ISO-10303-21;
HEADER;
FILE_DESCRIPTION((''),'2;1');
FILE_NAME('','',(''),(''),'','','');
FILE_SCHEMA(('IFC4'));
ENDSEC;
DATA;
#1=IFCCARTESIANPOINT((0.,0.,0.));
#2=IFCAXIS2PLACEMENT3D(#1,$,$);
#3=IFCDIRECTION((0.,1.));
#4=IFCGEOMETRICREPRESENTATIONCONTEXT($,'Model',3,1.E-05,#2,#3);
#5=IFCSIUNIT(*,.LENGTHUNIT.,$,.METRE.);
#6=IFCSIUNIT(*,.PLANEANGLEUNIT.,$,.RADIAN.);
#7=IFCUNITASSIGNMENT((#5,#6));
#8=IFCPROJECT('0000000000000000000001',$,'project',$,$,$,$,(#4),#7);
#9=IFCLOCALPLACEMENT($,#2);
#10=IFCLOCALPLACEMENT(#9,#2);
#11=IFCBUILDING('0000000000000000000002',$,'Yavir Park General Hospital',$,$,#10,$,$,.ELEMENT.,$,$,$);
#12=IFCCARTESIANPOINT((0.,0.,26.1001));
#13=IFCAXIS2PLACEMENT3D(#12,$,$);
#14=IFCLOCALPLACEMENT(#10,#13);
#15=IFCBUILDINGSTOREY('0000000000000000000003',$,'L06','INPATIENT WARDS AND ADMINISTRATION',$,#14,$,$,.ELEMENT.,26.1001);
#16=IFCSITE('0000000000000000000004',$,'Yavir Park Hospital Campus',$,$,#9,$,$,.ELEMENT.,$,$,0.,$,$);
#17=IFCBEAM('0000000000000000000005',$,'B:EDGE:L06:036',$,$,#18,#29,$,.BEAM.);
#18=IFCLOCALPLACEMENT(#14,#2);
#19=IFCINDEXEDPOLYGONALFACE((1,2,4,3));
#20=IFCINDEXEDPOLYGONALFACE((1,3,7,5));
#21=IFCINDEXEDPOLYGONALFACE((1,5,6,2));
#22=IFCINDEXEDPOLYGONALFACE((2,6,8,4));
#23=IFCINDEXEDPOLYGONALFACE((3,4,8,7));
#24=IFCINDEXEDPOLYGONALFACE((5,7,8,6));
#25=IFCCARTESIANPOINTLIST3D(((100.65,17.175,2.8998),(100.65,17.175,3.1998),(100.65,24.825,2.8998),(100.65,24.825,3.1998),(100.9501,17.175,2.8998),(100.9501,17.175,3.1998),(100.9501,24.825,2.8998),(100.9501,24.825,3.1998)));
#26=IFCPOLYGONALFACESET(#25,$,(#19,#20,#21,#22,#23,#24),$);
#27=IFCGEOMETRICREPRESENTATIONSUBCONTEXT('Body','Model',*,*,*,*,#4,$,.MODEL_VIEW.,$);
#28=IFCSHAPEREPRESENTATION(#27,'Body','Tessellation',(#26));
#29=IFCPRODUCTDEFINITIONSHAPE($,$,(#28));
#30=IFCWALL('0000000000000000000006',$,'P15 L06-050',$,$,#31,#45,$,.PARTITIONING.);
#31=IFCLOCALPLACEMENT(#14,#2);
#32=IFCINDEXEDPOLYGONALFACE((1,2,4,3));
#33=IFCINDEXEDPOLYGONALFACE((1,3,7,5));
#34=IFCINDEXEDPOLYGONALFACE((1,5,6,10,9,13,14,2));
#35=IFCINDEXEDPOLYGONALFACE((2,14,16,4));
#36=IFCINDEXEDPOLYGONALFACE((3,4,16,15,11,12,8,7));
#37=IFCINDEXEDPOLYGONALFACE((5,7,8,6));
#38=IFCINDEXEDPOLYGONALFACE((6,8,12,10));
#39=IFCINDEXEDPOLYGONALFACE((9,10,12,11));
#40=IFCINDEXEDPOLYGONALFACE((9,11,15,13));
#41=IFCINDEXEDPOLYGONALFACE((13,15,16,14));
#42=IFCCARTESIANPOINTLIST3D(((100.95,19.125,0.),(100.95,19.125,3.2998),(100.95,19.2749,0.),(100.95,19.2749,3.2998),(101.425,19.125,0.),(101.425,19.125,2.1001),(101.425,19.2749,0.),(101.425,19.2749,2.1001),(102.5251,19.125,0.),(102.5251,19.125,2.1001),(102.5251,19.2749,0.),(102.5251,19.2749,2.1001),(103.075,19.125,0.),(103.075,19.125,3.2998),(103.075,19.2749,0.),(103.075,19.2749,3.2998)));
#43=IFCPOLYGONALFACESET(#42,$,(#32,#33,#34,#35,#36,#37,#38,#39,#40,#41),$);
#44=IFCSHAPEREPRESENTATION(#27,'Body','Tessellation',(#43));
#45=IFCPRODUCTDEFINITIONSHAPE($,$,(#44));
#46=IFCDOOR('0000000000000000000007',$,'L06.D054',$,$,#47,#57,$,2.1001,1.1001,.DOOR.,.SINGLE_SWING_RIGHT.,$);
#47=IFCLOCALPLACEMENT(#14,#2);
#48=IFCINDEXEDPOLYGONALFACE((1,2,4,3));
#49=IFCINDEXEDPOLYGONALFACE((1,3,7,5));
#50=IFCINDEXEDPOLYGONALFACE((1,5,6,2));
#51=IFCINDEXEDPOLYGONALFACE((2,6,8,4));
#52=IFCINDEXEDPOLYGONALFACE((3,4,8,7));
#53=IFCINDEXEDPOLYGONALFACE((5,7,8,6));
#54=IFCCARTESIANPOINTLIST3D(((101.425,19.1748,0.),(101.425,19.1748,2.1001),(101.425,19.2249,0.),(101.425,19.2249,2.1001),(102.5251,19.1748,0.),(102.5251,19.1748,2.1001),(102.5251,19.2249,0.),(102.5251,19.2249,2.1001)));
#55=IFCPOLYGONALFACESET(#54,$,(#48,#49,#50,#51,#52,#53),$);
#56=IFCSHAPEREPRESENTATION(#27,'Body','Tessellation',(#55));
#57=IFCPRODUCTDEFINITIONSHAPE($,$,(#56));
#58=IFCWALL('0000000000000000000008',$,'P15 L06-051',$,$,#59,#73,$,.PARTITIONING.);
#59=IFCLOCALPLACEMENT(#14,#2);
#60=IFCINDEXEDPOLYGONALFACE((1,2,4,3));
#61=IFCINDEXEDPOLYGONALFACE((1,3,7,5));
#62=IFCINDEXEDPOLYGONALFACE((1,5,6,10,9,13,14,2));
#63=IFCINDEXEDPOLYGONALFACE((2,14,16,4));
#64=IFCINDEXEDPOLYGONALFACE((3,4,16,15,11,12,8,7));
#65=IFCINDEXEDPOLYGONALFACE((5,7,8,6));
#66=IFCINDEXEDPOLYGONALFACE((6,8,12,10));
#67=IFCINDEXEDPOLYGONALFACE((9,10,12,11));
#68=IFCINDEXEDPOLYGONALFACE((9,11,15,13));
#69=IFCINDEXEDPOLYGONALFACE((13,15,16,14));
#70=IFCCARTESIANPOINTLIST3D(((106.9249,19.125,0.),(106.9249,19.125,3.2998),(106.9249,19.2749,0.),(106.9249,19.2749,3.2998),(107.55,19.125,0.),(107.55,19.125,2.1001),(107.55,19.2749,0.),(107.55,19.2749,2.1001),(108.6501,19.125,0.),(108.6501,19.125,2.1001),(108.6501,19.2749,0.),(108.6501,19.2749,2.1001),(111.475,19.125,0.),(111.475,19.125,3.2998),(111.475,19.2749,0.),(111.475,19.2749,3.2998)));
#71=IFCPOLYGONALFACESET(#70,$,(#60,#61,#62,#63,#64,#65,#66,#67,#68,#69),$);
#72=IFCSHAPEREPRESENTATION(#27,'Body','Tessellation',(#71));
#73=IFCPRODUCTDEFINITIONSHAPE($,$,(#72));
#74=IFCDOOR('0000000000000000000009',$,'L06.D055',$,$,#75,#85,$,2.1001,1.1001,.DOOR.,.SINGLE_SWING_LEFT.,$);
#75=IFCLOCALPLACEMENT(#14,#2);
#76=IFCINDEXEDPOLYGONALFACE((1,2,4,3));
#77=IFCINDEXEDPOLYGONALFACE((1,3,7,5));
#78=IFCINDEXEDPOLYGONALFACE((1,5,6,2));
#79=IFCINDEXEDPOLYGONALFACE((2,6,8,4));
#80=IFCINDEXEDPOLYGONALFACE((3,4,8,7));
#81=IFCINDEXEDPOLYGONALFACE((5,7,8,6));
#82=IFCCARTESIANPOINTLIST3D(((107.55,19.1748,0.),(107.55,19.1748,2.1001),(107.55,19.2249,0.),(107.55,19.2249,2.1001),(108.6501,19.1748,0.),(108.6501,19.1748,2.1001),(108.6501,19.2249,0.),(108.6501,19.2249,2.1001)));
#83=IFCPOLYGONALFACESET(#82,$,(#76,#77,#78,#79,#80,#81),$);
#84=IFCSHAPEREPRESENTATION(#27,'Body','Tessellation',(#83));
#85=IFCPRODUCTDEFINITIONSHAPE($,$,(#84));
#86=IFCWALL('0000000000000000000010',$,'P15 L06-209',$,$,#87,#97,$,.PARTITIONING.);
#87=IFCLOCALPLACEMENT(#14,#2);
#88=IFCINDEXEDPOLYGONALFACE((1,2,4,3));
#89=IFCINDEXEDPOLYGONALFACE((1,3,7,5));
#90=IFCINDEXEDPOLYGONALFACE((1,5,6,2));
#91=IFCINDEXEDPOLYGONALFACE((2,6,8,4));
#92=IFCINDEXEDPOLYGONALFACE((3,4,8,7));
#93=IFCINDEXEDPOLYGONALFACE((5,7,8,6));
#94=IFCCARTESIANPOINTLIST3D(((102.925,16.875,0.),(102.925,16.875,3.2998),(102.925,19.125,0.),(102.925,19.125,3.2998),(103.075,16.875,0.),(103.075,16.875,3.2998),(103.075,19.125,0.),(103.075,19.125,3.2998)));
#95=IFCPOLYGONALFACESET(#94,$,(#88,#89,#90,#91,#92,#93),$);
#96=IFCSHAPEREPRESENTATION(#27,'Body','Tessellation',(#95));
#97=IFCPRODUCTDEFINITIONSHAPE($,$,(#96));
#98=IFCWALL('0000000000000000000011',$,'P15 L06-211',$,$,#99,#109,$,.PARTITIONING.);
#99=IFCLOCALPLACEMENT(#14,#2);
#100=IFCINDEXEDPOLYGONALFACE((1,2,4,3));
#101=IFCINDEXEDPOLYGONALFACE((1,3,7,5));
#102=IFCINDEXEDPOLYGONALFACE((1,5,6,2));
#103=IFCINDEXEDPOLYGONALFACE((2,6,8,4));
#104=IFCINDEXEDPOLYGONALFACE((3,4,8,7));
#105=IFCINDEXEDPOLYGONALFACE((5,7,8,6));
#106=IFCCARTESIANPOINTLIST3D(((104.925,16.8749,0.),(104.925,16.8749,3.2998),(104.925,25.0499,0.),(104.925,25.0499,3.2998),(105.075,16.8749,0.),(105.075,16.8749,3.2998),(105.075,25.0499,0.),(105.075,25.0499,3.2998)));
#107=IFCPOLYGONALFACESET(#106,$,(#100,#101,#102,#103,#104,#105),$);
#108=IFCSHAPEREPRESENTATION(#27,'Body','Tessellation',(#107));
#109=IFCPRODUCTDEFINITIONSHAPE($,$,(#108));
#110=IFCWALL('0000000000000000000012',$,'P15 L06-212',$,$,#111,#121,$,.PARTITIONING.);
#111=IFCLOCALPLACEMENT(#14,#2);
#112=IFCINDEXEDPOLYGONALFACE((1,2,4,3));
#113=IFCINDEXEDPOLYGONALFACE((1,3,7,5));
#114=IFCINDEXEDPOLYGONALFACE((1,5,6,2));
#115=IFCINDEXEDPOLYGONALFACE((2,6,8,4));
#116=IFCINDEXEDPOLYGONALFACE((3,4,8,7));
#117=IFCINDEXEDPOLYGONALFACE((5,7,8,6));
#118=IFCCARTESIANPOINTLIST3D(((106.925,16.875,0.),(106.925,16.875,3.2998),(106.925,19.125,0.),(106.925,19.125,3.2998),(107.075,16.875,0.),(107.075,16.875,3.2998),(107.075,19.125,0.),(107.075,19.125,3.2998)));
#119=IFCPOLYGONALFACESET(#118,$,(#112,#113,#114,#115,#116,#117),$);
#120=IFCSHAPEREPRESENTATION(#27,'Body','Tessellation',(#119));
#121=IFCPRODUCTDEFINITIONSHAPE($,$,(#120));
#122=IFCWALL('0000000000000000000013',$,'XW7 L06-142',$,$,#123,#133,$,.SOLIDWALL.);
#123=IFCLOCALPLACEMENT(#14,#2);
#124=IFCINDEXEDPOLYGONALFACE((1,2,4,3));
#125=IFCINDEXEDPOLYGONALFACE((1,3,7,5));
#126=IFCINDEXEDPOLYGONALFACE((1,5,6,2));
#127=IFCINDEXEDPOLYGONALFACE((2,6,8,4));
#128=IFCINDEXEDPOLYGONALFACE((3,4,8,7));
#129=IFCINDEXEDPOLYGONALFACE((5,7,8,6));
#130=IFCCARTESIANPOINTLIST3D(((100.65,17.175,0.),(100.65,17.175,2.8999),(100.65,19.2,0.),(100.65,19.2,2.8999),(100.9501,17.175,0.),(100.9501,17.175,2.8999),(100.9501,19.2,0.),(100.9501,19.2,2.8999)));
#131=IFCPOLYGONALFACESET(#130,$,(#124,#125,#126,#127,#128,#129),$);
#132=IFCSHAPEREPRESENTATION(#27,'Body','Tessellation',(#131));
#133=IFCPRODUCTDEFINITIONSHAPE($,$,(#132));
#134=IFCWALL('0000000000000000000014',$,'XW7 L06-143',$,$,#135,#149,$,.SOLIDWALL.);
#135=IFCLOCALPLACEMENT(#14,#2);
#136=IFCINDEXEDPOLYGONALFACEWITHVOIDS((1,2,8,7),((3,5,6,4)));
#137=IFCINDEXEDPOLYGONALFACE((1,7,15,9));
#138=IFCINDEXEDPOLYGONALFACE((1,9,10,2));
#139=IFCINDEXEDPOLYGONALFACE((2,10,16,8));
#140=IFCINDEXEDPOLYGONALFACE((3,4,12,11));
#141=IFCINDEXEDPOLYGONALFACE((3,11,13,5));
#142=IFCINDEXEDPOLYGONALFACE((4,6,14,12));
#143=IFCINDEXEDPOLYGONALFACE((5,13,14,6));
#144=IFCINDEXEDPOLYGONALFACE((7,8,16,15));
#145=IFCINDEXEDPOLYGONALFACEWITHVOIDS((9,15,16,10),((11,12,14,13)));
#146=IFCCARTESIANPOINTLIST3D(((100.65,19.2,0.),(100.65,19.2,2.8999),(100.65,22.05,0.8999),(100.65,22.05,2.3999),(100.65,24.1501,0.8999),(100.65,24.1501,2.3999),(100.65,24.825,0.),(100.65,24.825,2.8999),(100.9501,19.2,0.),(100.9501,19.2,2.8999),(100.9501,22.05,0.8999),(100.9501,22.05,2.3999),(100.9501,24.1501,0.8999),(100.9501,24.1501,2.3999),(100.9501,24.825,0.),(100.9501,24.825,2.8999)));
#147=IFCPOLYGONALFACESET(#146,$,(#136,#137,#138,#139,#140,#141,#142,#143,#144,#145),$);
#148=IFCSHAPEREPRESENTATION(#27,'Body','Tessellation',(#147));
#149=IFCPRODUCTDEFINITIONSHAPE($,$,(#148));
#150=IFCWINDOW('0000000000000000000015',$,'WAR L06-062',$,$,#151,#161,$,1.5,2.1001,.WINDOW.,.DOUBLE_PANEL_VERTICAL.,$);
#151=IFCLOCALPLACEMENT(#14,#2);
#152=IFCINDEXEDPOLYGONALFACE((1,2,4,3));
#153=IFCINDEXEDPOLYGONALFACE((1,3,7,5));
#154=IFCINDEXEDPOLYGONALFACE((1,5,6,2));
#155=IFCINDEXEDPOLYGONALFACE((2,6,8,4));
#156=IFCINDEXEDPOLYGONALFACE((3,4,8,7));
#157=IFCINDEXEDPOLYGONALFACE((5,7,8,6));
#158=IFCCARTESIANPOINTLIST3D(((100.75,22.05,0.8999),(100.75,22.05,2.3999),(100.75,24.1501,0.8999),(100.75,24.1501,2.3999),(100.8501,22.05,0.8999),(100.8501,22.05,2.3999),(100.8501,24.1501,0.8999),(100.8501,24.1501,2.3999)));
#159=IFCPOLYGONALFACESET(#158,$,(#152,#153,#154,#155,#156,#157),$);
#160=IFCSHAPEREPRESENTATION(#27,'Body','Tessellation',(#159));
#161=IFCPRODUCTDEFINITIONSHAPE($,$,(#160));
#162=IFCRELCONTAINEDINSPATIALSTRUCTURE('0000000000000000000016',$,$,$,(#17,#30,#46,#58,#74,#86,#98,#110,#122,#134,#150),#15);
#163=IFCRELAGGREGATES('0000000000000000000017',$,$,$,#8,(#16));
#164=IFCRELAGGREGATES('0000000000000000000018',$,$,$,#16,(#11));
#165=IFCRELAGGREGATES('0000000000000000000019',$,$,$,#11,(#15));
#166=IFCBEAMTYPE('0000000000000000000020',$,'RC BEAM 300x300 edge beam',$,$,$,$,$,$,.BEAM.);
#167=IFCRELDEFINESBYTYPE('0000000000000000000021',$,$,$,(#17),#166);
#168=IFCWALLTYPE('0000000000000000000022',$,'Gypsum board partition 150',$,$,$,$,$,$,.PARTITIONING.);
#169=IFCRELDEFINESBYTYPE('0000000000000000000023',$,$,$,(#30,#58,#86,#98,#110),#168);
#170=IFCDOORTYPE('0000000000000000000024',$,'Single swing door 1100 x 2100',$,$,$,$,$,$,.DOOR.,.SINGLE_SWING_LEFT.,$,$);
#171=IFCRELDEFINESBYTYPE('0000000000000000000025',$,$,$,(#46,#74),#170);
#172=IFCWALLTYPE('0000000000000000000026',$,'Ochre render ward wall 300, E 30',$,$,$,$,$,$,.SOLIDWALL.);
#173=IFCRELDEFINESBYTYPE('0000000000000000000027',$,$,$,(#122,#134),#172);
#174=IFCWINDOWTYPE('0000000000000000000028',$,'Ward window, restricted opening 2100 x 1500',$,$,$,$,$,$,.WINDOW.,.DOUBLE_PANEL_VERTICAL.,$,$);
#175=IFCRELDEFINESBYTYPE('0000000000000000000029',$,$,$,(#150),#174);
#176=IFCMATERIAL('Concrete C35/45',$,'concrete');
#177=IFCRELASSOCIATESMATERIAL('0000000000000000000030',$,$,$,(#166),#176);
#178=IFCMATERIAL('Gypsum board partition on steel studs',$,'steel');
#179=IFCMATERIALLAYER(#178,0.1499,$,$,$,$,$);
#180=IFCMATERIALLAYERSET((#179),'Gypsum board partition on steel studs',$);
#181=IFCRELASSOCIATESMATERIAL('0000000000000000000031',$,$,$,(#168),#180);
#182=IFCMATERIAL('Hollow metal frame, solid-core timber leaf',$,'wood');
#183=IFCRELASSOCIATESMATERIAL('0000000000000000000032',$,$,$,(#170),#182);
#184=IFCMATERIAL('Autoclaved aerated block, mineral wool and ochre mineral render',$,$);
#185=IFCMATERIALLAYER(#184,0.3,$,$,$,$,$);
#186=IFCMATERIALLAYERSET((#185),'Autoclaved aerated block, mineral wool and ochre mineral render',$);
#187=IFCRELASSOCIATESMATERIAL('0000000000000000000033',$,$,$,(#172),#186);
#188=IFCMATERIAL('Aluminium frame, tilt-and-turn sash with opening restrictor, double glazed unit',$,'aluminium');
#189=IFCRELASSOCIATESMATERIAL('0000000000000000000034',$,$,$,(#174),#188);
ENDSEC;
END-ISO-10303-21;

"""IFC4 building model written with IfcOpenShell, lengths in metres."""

from ifc_helpers import new_model, si_unit, direction, frame, frame_2d, origin, origin_2d, place, context, subcontext, project, spatial, rectangle, extrude, material, layer, layer_set, material_profile, profile_set, type_object, element, fill, save


model = new_model("IFC4")

# Units and contexts
model_context = context("Model", 3, precision=1e-05, world=origin(), true_north=direction((0.0, 1.0)))
body_context = subcontext(model_context, "Body", "Model", "MODEL_VIEW")
ifc_project = project(units=[si_unit("LENGTHUNIT", "METRE"), si_unit("PLANEANGLEUNIT", "RADIAN")], contexts=[model_context])

# Site, building, storey
site_placement = place(None, origin())
site = spatial("IfcSite", under=ifc_project, at=site_placement, Name="Yavir Park Hospital Campus", CompositionType="ELEMENT", RefElevation=0.0)
building_placement = place(site_placement, origin())
building = spatial("IfcBuilding", under=site, at=building_placement, Name="Yavir Park General Hospital", CompositionType="ELEMENT")
storey_placement = place(building_placement, frame((0.0, 0.0, 26.1001)))
storey = spatial("IfcBuildingStorey", under=building, at=storey_placement, Name="L06", Description="INPATIENT WARDS AND ADMINISTRATION", CompositionType="ELEMENT", Elevation=26.1001)

# Beam
ifc_material_1 = material(Name="Concrete C35/45", Category="concrete")
ifc_material_profile = material_profile(ifc_material_1, rectangle(XDim=0.3, YDim=0.3, at=origin_2d()), Name="RC300x300")
ifc_profile_set = profile_set([ifc_material_profile], Name="Concrete C35/45")
beam_type = type_object("IfcBeamType", Name="RC BEAM 300x300 edge beam", PredefinedType="BEAM", material=ifc_profile_set)
beam_placement = place(storey_placement, frame((100.8, 17.175, 3.0498), z_axis=(0.0, 1.0, 0.0), x_axis=(-1.0, 0.0, 0.0)))
element("IfcBeam", 1, at=beam_placement, inside=storey, type_object=beam_type, Name="B:EDGE:L06:036", PredefinedType="BEAM", context=body_context, shape_type="SweptSolid", body=[
    extrude(rectangle(XDim=0.3, YDim=0.3, at=origin_2d()), origin(), (0.0, 0.0, 1.0), 7.6499),
])

# Shared definitions
ifc_material_2 = material(Name="Gypsum board partition on steel studs", Category="steel")
ifc_layer_1 = layer(ifc_material_2, 0.1499)
ifc_layer_set_1 = layer_set([ifc_layer_1], Name="Gypsum board partition on steel studs")
wall_type_1 = type_object("IfcWallType", Name="Gypsum board partition 150", PredefinedType="PARTITIONING", material=ifc_layer_set_1)

# Walls, openings, doors
wall_1_placement = place(storey_placement, frame((100.95, 19.2, 0.0), z_axis=(0.0, 0.0, 1.0), x_axis=(1.0, 0.0, 0.0)))
wall_1 = element("IfcWall", 2, at=wall_1_placement, inside=storey, type_object=wall_type_1, Name="P15 L06-050", PredefinedType="PARTITIONING", context=body_context, shape_type="SweptSolid", body=[
    extrude(rectangle(XDim=2.125, YDim=0.1499, at=frame_2d((1.0625, 0.0))), origin(), (0.0, 0.0, 1.0), 3.2998),
])
opening_1_placement = place(wall_1_placement, frame((0.4751, 0.0, 0.0)))
opening_1 = element("IfcOpeningElement", 3, at=opening_1_placement, cuts=wall_1, PredefinedType="OPENING", context=body_context, shape_type="SweptSolid", body=[
    extrude(rectangle(XDim=1.1001, YDim=2.1001, at=frame_2d((0.55, 1.05))), frame((0.0, 0.085, 0.0), z_axis=(0.0, -1.0, 0.0), x_axis=(1.0, 0.0, 0.0)), (0.0, 0.0, 1.0), 0.1699),
])
ifc_material_3 = material(Name="Hollow metal frame, solid-core timber leaf", Category="wood")
door_type_1 = type_object("IfcDoorType", Name="Single swing door 1100 x 2100", OperationType="SINGLE_SWING_LEFT", PredefinedType="DOOR", material=ifc_material_3)
door_1_placement = place(opening_1_placement, origin())
door_1 = element("IfcDoor", 4, at=door_1_placement, inside=storey, type_object=door_type_1, Name="L06.D054", OperationType="SINGLE_SWING_RIGHT", OverallHeight=2.1001, OverallWidth=1.1001, PredefinedType="DOOR", context=body_context, shape_type="SweptSolid", body=[
    extrude(rectangle(XDim=1.1001, YDim=2.1001, at=frame_2d((0.55, 1.05))), frame((0.0, 0.0249, 0.0), z_axis=(0.0, -1.0, 0.0), x_axis=(1.0, 0.0, 0.0)), (0.0, 0.0, 1.0), 0.05),
])
fill(opening_1, door_1)
wall_2_placement = place(storey_placement, frame((106.925, 19.2, 0.0), z_axis=(0.0, 0.0, 1.0), x_axis=(1.0, 0.0, 0.0)))
wall_2 = element("IfcWall", 5, at=wall_2_placement, inside=storey, type_object=wall_type_1, Name="P15 L06-051", PredefinedType="PARTITIONING", context=body_context, shape_type="SweptSolid", body=[
    extrude(rectangle(XDim=4.55, YDim=0.1499, at=frame_2d((2.2749, 0.0))), origin(), (0.0, 0.0, 1.0), 3.2998),
])
opening_2_placement = place(wall_2_placement, frame((0.625, 0.0, 0.0)))
opening_2 = element("IfcOpeningElement", 6, at=opening_2_placement, cuts=wall_2, PredefinedType="OPENING", context=body_context, shape_type="SweptSolid", body=[
    extrude(rectangle(XDim=1.1001, YDim=2.1001, at=frame_2d((0.55, 1.05))), frame((0.0, 0.085, 0.0), z_axis=(0.0, -1.0, 0.0), x_axis=(1.0, 0.0, 0.0)), (0.0, 0.0, 1.0), 0.1699),
])
door_2_placement = place(opening_2_placement, origin())
door_2 = element("IfcDoor", 7, at=door_2_placement, inside=storey, type_object=door_type_1, Name="L06.D055", OperationType="SINGLE_SWING_LEFT", OverallHeight=2.1001, OverallWidth=1.1001, PredefinedType="DOOR", context=body_context, shape_type="SweptSolid", body=[
    extrude(rectangle(XDim=1.1001, YDim=2.1001, at=frame_2d((0.55, 1.05))), frame((0.0, 0.0249, 0.0), z_axis=(0.0, -1.0, 0.0), x_axis=(1.0, 0.0, 0.0)), (0.0, 0.0, 1.0), 0.05),
])
fill(opening_2, door_2)

# Walls
wall_3_placement = place(storey_placement, frame((103.0, 16.875, 0.0), z_axis=(0.0, 0.0, 1.0), x_axis=(0.0, 1.0, 0.0)))
element("IfcWall", 8, at=wall_3_placement, inside=storey, type_object=wall_type_1, Name="P15 L06-209", PredefinedType="PARTITIONING", context=body_context, shape_type="SweptSolid", body=[
    extrude(rectangle(XDim=2.25, YDim=0.1499, at=frame_2d((1.125, 0.0))), origin(), (0.0, 0.0, 1.0), 3.2998),
])
wall_4_placement = place(storey_placement, frame((105.0, 16.875, 0.0), z_axis=(0.0, 0.0, 1.0), x_axis=(0.0, 1.0, 0.0)))
element("IfcWall", 9, at=wall_4_placement, inside=storey, type_object=wall_type_1, Name="P15 L06-211", PredefinedType="PARTITIONING", context=body_context, shape_type="SweptSolid", body=[
    extrude(rectangle(XDim=8.175, YDim=0.1499, at=frame_2d((4.0874, 0.0))), origin(), (0.0, 0.0, 1.0), 3.2998),
])
wall_5_placement = place(storey_placement, frame((107.0, 16.875, 0.0), z_axis=(0.0, 0.0, 1.0), x_axis=(0.0, 1.0, 0.0)))
element("IfcWall", 10, at=wall_5_placement, inside=storey, type_object=wall_type_1, Name="P15 L06-212", PredefinedType="PARTITIONING", context=body_context, shape_type="SweptSolid", body=[
    extrude(rectangle(XDim=2.25, YDim=0.1499, at=frame_2d((1.125, 0.0))), origin(), (0.0, 0.0, 1.0), 3.2998),
])
ifc_material_4 = material(Name="Autoclaved aerated block, mineral wool and ochre mineral render")
ifc_layer_2 = layer(ifc_material_4, 0.3)
ifc_layer_set_2 = layer_set([ifc_layer_2], Name="Autoclaved aerated block, mineral wool and ochre mineral render")
wall_type_2 = type_object("IfcWallType", Name="Ochre render ward wall 300, E 30", PredefinedType="SOLIDWALL", material=ifc_layer_set_2)
wall_6_placement = place(storey_placement, frame((100.8, 17.175, 0.0), z_axis=(0.0, 0.0, 1.0), x_axis=(0.0, 1.0, 0.0)))
element("IfcWall", 11, at=wall_6_placement, inside=storey, type_object=wall_type_2, Name="XW7 L06-142", PredefinedType="SOLIDWALL", context=body_context, shape_type="SweptSolid", body=[
    extrude(rectangle(XDim=2.0249, YDim=0.3, at=frame_2d((1.0125, 0.0))), origin(), (0.0, 0.0, 1.0), 2.8999),
])

# Wall, opening, window
wall_7_placement = place(storey_placement, frame((100.8, 19.2, 0.0), z_axis=(0.0, 0.0, 1.0), x_axis=(0.0, 1.0, 0.0)))
wall_7 = element("IfcWall", 12, at=wall_7_placement, inside=storey, type_object=wall_type_2, Name="XW7 L06-143", PredefinedType="SOLIDWALL", context=body_context, shape_type="SweptSolid", body=[
    extrude(rectangle(XDim=5.625, YDim=0.3, at=frame_2d((2.8125, 0.0))), origin(), (0.0, 0.0, 1.0), 2.8999),
])
opening_3_placement = place(wall_7_placement, frame((2.8501, 0.0, 0.8999)))
opening_3 = element("IfcOpeningElement", 13, at=opening_3_placement, cuts=wall_7, PredefinedType="OPENING", context=body_context, shape_type="SweptSolid", body=[
    extrude(rectangle(XDim=2.1001, YDim=1.5, at=frame_2d((1.05, 0.75))), frame((0.0, 0.1599, 0.0), z_axis=(0.0, -1.0, 0.0), x_axis=(1.0, 0.0, 0.0)), (0.0, 0.0, 1.0), 0.3201),
])
ifc_material_5 = material(Name="Aluminium frame, tilt-and-turn sash with opening restrictor, double glazed unit", Category="aluminium")
window_type = type_object("IfcWindowType", Name="Ward window, restricted opening 2100 x 1500", PartitioningType="DOUBLE_PANEL_VERTICAL", PredefinedType="WINDOW", material=ifc_material_5)
window_placement = place(opening_3_placement, origin())
window = element("IfcWindow", 14, at=window_placement, inside=storey, type_object=window_type, Name="WAR L06-062", OverallHeight=1.5, OverallWidth=2.1001, PartitioningType="DOUBLE_PANEL_VERTICAL", PredefinedType="WINDOW", context=body_context, shape_type="SweptSolid", body=[
    extrude(rectangle(XDim=2.1001, YDim=1.5, at=frame_2d((1.05, 0.75))), frame((0.0, 0.05, 0.0), z_axis=(0.0, -1.0, 0.0), x_axis=(1.0, 0.0, 0.0)), (0.0, 0.0, 1.0), 0.1001),
])
fill(opening_3, window)

save(model, "model.ifc")
